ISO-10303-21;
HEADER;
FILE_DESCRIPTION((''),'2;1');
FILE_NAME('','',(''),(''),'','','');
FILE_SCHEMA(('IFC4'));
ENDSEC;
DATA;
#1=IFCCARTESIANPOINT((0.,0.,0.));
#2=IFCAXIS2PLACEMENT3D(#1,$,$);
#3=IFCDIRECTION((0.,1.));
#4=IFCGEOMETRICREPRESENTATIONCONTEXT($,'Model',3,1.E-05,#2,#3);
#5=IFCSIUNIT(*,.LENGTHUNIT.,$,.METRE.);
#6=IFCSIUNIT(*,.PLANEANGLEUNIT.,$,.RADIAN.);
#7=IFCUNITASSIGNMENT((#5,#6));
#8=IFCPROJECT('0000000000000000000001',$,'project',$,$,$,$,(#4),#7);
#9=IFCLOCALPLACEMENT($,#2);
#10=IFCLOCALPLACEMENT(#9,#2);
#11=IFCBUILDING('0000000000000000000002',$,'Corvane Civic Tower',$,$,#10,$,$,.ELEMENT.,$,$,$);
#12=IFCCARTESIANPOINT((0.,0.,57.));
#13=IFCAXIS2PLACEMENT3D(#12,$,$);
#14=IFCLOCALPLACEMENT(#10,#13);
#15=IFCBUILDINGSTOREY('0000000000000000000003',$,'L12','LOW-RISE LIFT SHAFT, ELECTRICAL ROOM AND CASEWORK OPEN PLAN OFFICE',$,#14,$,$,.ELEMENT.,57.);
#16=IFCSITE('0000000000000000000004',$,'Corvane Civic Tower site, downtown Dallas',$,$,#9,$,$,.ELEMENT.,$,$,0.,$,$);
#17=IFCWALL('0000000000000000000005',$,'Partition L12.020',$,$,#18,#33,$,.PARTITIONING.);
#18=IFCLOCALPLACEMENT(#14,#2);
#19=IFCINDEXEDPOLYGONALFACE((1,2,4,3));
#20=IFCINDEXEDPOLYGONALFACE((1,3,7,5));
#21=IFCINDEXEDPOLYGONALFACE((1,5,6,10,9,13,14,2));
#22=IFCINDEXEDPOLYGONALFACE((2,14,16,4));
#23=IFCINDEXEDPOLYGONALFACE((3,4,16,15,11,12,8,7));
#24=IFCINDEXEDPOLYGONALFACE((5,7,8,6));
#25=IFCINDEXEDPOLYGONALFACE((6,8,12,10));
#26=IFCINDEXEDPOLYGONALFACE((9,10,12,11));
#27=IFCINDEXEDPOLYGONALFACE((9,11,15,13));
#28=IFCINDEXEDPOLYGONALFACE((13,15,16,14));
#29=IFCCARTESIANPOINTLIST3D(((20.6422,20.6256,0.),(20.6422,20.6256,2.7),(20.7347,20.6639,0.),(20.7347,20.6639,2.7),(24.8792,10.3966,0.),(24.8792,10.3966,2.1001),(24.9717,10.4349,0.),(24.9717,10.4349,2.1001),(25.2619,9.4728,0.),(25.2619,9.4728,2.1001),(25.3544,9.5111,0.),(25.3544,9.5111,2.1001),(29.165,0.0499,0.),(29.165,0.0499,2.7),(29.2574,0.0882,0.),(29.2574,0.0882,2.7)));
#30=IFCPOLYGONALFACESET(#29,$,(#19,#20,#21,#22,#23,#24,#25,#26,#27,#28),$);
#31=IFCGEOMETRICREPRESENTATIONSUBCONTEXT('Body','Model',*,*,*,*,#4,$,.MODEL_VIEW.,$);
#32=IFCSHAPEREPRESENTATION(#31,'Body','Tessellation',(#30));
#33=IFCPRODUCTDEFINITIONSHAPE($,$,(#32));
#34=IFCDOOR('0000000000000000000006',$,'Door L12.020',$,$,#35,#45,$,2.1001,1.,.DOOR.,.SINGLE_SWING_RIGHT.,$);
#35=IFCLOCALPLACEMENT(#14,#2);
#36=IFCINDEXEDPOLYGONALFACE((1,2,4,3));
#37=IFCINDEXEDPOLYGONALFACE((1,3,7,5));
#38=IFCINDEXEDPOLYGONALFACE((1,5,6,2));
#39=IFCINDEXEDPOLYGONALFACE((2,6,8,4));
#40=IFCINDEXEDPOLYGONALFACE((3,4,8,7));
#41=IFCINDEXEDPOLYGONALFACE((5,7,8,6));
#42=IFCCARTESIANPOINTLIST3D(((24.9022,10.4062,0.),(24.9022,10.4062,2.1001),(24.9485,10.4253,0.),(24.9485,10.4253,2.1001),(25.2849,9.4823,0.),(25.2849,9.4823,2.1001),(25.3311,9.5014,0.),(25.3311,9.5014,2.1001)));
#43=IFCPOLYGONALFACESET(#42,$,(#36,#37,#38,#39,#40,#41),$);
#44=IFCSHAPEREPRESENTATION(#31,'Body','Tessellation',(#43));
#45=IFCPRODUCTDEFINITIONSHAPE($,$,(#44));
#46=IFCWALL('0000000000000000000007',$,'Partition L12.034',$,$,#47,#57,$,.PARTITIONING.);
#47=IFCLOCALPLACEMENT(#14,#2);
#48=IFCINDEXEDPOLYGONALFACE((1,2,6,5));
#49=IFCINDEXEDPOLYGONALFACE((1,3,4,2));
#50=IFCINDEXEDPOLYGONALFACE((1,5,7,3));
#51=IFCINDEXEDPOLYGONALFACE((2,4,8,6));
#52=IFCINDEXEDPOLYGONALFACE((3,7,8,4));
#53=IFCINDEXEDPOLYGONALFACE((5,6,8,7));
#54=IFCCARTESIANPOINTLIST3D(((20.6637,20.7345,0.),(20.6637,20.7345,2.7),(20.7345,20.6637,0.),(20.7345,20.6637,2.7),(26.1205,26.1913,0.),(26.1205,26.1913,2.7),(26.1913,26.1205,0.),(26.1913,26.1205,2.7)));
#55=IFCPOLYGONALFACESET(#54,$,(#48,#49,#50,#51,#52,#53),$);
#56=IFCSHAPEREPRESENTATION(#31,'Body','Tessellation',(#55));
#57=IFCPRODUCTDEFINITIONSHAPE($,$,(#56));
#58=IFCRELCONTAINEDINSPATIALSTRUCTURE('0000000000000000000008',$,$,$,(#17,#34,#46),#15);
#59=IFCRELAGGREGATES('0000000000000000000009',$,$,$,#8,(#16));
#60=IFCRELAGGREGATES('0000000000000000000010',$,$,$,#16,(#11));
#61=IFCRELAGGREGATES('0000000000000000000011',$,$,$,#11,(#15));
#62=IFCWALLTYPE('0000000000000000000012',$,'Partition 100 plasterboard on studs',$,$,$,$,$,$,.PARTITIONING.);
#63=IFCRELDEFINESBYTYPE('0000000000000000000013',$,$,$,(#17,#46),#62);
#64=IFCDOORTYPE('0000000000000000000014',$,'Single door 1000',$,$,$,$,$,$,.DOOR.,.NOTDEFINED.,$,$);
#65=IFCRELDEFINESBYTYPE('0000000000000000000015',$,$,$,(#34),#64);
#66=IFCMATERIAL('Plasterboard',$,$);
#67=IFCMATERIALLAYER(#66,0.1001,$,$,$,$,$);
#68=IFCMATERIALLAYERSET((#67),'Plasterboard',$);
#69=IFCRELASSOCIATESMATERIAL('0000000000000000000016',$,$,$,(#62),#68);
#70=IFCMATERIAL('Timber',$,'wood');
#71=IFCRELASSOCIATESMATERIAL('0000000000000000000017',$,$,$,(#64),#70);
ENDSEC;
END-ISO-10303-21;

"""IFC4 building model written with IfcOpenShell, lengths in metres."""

from ifc_helpers import new_model, si_unit, direction, frame, frame_2d, origin, place, context, subcontext, project, spatial, rectangle, extrude, material, layer, layer_set, type_object, element, fill, save


model = new_model("IFC4")

# Units and contexts
model_context = context("Model", 3, precision=1e-05, world=origin(), true_north=direction((0.0, 1.0)))
body_context = subcontext(model_context, "Body", "Model", "MODEL_VIEW")
ifc_project = project(units=[si_unit("LENGTHUNIT", "METRE"), si_unit("PLANEANGLEUNIT", "RADIAN")], contexts=[model_context])

# Site, building, storey
site_placement = place(None, origin())
site = spatial("IfcSite", under=ifc_project, at=site_placement, Name="Corvane Civic Tower site, downtown Dallas", CompositionType="ELEMENT", RefElevation=0.0)
building_placement = place(site_placement, origin())
building = spatial("IfcBuilding", under=site, at=building_placement, Name="Corvane Civic Tower", CompositionType="ELEMENT")
storey_placement = place(building_placement, frame((0.0, 0.0, 57.0)))
storey = spatial("IfcBuildingStorey", under=building, at=storey_placement, Name="L12", Description="LOW-RISE LIFT SHAFT, ELECTRICAL ROOM AND CASEWORK OPEN PLAN OFFICE", CompositionType="ELEMENT", Elevation=57.0)

# Wall, opening, door
ifc_material_1 = material(Name="Plasterboard")
ifc_layer_1 = layer(ifc_material_1, 0.1001)
ifc_layer_set_1 = layer_set([ifc_layer_1], Name="Plasterboard")
wall_type = type_object("IfcWallType", Name="Partition 100 plasterboard on studs", PredefinedType="PARTITIONING", material=ifc_layer_set_1)
wall_1_placement = place(storey_placement, frame((20.6885, 20.6448, 0.0), z_axis=(0.0, 0.0, 1.0), x_axis=(0.382683, -0.92388, 0.0)))
wall_1 = element("IfcWall", 1, at=wall_1_placement, inside=storey, type_object=wall_type, Name="Partition L12.020", PredefinedType="PARTITIONING", context=body_context, shape_type="SweptSolid", body=[
    extrude(rectangle(XDim=22.271, YDim=0.1001, at=frame_2d((11.1355, 0.0))), origin(), (0.0, 0.0, 1.0), 2.7),
])
opening_placement = place(wall_1_placement, frame((11.0718, 0.0, 0.0)))
opening = element("IfcOpeningElement", 2, at=opening_placement, cuts=wall_1, PredefinedType="OPENING", context=body_context, shape_type="SweptSolid", body=[
    extrude(rectangle(XDim=1.0, YDim=2.1001, at=frame_2d((0.5, 1.05))), frame((0.0, 0.0601, 0.0), z_axis=(0.0, -1.0, 0.0), x_axis=(1.0, 0.0, 0.0)), (0.0, 0.0, 1.0), 0.1201),
])
ifc_material_2 = material(Name="Timber", Category="wood")
door_type = type_object("IfcDoorType", Name="Single door 1000", OperationType="NOTDEFINED", PredefinedType="DOOR", material=ifc_material_2)
door_placement = place(opening_placement, origin())
door = element("IfcDoor", 3, at=door_placement, inside=storey, type_object=door_type, Name="Door L12.020", OperationType="SINGLE_SWING_RIGHT", OverallHeight=2.1001, OverallWidth=1.0, PredefinedType="DOOR", context=body_context, shape_type="SweptSolid", body=[
    extrude(rectangle(XDim=1.0, YDim=2.1001, at=frame_2d((0.5, 1.05))), frame((0.0, 0.0249, 0.0), z_axis=(0.0, -1.0, 0.0), x_axis=(1.0, 0.0, 0.0)), (0.0, 0.0, 1.0), 0.05),
])
fill(opening, door)

# Wall
wall_2_placement = place(storey_placement, frame((20.6992, 20.6992, 0.0), z_axis=(0.0, 0.0, 1.0), x_axis=(0.707107, 0.707107, 0.0)))
element("IfcWall", 4, at=wall_2_placement, inside=storey, type_object=wall_type, Name="Partition L12.034", PredefinedType="PARTITIONING", context=body_context, shape_type="SweptSolid", body=[
    extrude(rectangle(XDim=7.717, YDim=0.1001, at=frame_2d((3.8584, 0.0))), origin(), (0.0, 0.0, 1.0), 2.7),
])

save(model, "model.ifc")
